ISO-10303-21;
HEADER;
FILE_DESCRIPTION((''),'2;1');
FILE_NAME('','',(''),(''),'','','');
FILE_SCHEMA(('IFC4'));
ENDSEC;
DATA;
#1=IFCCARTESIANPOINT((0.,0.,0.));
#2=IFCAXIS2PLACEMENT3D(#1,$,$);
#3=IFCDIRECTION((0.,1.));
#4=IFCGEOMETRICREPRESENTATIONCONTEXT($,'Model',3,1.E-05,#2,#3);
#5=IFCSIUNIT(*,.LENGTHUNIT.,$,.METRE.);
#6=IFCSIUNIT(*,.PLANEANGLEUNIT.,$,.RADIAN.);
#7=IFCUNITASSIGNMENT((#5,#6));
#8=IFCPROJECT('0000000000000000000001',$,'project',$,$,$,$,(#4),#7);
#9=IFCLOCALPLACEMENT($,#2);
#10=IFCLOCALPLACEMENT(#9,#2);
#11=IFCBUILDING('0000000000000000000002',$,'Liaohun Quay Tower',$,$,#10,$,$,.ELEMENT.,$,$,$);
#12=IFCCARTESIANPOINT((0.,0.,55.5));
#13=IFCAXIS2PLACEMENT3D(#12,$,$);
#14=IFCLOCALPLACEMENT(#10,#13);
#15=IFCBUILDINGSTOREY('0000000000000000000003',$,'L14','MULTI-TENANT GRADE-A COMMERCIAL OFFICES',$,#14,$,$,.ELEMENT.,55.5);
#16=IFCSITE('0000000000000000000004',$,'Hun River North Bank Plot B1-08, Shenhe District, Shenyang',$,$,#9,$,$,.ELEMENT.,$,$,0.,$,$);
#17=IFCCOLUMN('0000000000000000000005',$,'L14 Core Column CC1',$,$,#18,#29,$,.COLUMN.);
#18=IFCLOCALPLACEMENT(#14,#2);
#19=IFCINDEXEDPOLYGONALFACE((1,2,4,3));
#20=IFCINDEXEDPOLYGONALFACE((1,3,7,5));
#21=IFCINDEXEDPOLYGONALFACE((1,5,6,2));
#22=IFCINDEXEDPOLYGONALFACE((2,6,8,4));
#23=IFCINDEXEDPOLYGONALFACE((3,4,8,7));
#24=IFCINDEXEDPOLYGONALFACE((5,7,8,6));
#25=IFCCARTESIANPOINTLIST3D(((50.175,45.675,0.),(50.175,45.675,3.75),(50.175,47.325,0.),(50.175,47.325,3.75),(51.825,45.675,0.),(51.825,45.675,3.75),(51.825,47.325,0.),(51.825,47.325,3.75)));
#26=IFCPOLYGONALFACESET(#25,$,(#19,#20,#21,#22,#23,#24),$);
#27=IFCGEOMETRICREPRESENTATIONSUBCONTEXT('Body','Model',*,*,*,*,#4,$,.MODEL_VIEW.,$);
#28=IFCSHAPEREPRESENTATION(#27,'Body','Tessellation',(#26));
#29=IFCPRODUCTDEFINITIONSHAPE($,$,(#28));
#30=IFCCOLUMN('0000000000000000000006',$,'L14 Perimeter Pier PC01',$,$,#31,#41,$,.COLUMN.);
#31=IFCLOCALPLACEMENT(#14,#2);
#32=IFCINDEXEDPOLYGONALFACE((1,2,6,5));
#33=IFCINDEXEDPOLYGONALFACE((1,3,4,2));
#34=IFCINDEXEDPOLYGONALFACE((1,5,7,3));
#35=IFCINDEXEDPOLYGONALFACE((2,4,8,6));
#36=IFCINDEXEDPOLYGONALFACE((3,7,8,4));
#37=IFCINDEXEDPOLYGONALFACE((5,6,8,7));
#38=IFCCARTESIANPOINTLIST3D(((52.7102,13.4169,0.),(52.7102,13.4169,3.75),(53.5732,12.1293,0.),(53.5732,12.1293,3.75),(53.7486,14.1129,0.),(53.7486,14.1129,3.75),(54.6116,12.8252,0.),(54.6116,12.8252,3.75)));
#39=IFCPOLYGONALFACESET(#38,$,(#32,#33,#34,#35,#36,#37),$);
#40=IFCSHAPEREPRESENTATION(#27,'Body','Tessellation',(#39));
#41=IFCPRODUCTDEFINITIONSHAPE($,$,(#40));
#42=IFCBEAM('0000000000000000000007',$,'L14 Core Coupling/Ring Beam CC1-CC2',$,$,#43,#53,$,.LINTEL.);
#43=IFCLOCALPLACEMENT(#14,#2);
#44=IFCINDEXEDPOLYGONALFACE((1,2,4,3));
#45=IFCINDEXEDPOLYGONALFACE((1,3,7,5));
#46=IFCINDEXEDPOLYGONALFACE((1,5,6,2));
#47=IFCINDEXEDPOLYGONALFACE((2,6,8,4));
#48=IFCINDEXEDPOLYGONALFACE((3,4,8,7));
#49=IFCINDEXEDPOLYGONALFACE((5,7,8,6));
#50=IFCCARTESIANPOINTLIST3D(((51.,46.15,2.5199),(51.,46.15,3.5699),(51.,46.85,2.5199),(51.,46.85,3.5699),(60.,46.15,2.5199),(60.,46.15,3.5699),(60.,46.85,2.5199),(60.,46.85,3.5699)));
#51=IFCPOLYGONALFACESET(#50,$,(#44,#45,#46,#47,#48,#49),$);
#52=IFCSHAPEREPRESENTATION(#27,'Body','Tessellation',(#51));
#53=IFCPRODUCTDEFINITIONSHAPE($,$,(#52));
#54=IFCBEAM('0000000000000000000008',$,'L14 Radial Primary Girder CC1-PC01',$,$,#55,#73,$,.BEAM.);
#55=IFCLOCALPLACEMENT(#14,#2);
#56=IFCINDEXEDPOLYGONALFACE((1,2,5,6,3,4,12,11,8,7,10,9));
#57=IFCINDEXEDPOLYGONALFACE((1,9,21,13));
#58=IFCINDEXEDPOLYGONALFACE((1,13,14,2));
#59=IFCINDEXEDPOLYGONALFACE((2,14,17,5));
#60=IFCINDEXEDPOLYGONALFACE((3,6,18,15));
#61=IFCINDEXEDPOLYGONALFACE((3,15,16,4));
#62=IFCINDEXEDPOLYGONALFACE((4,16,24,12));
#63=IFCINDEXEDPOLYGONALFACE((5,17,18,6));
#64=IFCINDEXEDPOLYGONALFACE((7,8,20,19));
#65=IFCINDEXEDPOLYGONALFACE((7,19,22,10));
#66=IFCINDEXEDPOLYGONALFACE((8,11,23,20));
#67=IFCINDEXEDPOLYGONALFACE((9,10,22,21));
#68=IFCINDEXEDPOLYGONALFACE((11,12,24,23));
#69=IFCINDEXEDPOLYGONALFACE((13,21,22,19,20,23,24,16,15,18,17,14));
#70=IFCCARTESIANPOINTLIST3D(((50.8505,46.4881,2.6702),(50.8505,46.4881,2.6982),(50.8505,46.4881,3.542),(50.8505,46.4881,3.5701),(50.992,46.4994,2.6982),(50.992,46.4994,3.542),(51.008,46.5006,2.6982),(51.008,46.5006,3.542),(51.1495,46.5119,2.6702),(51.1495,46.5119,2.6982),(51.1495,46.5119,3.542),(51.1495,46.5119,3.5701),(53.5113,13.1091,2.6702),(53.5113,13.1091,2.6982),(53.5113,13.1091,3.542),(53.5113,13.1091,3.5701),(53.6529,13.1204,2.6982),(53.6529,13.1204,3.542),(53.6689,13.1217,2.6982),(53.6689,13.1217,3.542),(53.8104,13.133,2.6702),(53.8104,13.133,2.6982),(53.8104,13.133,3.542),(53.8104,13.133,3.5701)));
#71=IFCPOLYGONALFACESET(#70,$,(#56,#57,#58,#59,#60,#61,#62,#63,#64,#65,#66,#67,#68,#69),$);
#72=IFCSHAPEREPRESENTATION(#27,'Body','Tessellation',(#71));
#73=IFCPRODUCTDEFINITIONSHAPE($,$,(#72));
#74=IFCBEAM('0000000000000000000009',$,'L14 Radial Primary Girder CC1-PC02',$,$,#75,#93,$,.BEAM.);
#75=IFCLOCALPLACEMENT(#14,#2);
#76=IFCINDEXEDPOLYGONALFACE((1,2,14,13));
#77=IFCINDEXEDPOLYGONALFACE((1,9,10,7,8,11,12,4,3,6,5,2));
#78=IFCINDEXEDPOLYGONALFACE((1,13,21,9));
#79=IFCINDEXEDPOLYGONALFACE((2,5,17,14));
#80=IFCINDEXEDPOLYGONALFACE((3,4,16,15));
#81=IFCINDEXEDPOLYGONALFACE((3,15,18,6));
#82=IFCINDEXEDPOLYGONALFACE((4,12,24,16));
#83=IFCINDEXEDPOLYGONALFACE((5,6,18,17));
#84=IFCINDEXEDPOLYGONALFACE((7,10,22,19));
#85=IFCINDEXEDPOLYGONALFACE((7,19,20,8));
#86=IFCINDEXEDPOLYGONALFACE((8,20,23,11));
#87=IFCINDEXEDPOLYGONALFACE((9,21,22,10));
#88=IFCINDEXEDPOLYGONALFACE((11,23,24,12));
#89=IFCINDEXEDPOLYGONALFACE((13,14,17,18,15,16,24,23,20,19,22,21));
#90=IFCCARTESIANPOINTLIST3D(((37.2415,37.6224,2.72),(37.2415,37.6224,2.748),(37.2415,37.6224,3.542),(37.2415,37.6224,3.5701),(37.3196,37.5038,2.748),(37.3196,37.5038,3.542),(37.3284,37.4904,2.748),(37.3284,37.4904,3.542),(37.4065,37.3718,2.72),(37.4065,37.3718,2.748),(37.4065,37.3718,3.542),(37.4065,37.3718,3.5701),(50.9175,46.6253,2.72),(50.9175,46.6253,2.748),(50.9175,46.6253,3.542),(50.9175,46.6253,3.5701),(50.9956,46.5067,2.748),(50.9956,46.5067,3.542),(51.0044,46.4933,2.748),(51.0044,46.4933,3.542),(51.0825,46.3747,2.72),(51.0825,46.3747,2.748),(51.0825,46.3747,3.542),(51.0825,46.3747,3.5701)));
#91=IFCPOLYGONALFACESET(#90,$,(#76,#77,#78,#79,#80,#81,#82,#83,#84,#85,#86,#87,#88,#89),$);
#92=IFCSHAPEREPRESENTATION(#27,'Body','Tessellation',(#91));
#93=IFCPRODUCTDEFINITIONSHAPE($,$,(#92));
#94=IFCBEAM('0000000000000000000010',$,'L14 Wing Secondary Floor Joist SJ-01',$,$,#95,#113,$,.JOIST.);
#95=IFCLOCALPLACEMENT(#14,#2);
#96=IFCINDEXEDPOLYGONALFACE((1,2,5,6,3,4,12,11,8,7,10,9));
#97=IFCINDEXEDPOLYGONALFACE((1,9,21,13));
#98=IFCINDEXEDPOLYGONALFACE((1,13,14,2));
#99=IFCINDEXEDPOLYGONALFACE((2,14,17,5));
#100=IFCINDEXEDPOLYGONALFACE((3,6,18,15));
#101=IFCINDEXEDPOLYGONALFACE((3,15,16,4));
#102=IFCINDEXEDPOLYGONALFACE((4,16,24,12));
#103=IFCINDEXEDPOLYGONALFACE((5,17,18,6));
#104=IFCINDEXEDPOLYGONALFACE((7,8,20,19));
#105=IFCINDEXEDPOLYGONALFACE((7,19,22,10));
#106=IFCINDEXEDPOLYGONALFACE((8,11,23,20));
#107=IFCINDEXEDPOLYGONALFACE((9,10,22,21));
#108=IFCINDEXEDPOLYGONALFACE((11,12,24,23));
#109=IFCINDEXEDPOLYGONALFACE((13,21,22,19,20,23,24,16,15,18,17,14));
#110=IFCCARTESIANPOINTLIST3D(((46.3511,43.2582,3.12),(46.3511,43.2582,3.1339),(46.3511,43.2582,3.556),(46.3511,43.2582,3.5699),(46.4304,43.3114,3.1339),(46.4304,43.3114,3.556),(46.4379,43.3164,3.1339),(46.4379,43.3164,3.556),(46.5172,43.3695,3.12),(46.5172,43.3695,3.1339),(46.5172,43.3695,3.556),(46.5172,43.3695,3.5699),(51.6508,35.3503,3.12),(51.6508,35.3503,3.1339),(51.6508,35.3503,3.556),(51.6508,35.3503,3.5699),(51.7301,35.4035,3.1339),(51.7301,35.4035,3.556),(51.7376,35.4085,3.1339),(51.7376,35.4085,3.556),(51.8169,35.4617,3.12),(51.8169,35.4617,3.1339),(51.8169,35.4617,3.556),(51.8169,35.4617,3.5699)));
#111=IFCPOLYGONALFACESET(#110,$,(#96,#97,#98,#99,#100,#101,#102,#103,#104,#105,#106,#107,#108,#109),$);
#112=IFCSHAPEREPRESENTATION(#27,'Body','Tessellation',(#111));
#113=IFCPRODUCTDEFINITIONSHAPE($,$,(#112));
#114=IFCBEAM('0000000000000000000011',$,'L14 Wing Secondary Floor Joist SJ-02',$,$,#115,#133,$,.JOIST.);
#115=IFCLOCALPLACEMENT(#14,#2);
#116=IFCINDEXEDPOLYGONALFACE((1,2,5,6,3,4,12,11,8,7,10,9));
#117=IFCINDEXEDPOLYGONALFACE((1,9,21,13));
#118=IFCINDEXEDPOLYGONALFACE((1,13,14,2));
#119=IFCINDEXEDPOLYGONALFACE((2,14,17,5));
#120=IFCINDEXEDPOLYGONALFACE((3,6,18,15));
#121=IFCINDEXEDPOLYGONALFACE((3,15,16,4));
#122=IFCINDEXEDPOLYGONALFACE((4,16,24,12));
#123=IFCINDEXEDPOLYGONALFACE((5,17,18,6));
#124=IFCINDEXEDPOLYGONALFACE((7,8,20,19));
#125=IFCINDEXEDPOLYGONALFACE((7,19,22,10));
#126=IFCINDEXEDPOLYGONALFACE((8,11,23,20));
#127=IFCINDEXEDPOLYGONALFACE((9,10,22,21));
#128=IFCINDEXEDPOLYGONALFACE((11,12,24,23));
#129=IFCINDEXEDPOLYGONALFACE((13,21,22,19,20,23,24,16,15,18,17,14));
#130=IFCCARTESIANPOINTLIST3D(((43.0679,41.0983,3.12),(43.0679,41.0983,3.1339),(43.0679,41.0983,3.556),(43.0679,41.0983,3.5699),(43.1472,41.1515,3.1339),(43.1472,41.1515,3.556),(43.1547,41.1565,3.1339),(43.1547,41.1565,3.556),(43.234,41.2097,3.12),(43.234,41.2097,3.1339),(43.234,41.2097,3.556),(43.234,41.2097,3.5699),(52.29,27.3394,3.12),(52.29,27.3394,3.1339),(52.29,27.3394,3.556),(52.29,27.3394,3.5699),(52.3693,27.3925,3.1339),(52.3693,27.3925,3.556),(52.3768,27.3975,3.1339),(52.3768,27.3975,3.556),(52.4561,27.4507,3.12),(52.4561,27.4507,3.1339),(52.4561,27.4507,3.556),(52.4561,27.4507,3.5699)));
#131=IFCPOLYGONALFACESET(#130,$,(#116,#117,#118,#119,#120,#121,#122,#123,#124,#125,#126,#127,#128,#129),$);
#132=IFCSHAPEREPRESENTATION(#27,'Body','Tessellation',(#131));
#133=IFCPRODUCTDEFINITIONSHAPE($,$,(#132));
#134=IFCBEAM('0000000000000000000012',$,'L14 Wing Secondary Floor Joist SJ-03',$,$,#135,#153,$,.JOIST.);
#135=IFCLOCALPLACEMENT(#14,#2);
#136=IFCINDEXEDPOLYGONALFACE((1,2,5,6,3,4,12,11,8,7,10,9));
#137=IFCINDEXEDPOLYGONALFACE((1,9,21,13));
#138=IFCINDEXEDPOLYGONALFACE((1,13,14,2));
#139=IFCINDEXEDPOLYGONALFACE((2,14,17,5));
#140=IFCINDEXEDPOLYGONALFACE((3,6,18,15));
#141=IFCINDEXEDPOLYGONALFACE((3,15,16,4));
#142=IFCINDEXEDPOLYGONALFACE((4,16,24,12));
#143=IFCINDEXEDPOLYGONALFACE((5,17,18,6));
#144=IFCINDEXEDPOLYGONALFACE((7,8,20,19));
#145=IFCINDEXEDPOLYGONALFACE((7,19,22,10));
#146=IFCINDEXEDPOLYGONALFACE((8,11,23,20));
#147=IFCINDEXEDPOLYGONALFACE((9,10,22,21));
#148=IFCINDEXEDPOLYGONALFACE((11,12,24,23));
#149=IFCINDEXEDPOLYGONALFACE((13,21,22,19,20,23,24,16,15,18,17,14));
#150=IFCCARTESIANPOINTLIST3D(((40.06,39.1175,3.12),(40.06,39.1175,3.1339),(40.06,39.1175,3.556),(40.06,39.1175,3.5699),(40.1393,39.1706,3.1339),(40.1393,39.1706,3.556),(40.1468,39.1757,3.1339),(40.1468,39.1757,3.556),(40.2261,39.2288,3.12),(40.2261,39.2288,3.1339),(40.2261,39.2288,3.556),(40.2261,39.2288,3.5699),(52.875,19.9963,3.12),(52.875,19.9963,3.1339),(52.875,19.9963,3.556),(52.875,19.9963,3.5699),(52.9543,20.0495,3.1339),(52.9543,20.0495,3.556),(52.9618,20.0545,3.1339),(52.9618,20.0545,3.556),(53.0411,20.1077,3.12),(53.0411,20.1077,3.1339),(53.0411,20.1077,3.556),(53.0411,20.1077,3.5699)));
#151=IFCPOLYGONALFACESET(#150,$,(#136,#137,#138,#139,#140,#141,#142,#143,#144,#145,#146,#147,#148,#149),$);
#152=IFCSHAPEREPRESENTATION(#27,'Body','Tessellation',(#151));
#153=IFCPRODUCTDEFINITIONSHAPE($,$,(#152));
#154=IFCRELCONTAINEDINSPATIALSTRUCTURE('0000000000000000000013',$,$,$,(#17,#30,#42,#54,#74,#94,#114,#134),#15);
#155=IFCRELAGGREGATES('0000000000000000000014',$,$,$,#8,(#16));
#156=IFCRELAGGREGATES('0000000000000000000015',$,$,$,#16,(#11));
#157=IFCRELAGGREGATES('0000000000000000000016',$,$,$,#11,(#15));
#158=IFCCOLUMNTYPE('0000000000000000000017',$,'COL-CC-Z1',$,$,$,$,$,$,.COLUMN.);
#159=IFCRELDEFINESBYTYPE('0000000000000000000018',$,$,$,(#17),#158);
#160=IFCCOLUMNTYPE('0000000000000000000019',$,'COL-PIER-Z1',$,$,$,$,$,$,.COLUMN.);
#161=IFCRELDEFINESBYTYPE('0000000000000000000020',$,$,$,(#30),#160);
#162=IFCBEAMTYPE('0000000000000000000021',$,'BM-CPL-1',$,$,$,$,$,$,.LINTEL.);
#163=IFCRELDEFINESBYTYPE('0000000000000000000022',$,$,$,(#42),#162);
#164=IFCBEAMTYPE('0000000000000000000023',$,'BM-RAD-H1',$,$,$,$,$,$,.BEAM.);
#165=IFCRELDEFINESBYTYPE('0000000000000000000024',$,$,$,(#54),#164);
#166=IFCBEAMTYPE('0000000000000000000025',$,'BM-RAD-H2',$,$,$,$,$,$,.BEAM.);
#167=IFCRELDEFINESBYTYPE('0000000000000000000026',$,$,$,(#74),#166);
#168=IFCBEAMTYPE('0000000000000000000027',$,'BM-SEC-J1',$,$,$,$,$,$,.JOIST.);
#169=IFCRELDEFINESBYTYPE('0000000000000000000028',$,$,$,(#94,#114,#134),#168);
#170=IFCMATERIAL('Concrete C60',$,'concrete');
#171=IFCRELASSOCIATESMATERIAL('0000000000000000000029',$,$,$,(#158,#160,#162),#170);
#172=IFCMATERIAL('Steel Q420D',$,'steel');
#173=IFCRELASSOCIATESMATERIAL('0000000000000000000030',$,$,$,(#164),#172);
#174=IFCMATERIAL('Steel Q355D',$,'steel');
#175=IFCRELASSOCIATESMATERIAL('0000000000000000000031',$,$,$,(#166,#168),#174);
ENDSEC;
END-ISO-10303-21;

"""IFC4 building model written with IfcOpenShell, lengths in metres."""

from ifc_helpers import new_model, si_unit, direction, frame, origin, origin_2d, place, context, subcontext, project, spatial, rectangle, i_section, extrude, source, transform, mapped, material, material_profile, profile_set, type_object, element, save


model = new_model("IFC4")

# Units and contexts
model_context = context("Model", 3, precision=1e-05, world=origin(), true_north=direction((0.0, 1.0)))
body_context = subcontext(model_context, "Body", "Model", "MODEL_VIEW")
ifc_project = project(units=[si_unit("LENGTHUNIT", "METRE"), si_unit("PLANEANGLEUNIT", "RADIAN")], contexts=[model_context])

# Site, building, storey
site_placement = place(None, origin())
site = spatial("IfcSite", under=ifc_project, at=site_placement, Name="Hun River North Bank Plot B1-08, Shenhe District, Shenyang", CompositionType="ELEMENT", RefElevation=0.0)
building_placement = place(site_placement, origin())
building = spatial("IfcBuilding", under=site, at=building_placement, Name="Liaohun Quay Tower", CompositionType="ELEMENT")
storey_placement = place(building_placement, frame((0.0, 0.0, 55.5)))
storey = spatial("IfcBuildingStorey", under=building, at=storey_placement, Name="L14", Description="MULTI-TENANT GRADE-A COMMERCIAL OFFICES", CompositionType="ELEMENT", Elevation=55.5)

# Columns
ifc_material_1 = material(Name="Concrete C60", Category="concrete")
ifc_material_profile_1 = material_profile(ifc_material_1, rectangle(XDim=1.6499, YDim=1.6499, at=origin_2d()), Name="RC1650x1650")
ifc_profile_set_1 = profile_set([ifc_material_profile_1], Name="Concrete C60")
column_type_1 = type_object("IfcColumnType", Name="COL-CC-Z1", PredefinedType="COLUMN", material=ifc_profile_set_1)
shared_shape_1 = source(origin(), body_context, "Body", "SweptSolid", [
    extrude(rectangle(XDim=1.6499, YDim=1.6499, at=origin_2d()), origin(), (0.0, 0.0, 1.0), 3.75),
])
column_1_placement = place(storey_placement, frame((51.0, 46.5, 0.0), z_axis=(0.0, 0.0, 1.0), x_axis=(1.0, 0.0, 0.0)))
element("IfcColumn", 1, at=column_1_placement, inside=storey, type_object=column_type_1, Name="L14 Core Column CC1", PredefinedType="COLUMN", context=body_context, shape_type="MappedRepresentation", body=[
    mapped(shared_shape_1, transform((0.0, 0.0, 0.0), x_axis=(1.0, 0.0, 0.0), y_axis=(0.0, 1.0, 0.0), z_axis=(0.0, 0.0, 1.0), scale=1.0)),
])
ifc_material_profile_2 = material_profile(ifc_material_1, rectangle(XDim=1.55, YDim=1.25, at=origin_2d()), Name="RC1550x1250")
ifc_profile_set_2 = profile_set([ifc_material_profile_2], Name="Concrete C60")
column_type_2 = type_object("IfcColumnType", Name="COL-PIER-Z1", PredefinedType="COLUMN", material=ifc_profile_set_2)
shared_shape_2 = source(origin(), body_context, "Body", "SweptSolid", [
    extrude(rectangle(XDim=1.55, YDim=1.25, at=origin_2d()), origin(), (0.0, 0.0, 1.0), 3.75),
])
column_2_placement = place(storey_placement, frame((53.6609, 13.1211, 0.0), z_axis=(0.0, 0.0, 1.0), x_axis=(-0.556731, 0.830693, 0.0)))
element("IfcColumn", 2, at=column_2_placement, inside=storey, type_object=column_type_2, Name="L14 Perimeter Pier PC01", PredefinedType="COLUMN", context=body_context, shape_type="MappedRepresentation", body=[
    mapped(shared_shape_2, transform((0.0, 0.0, 0.0), x_axis=(1.0, 0.0, 0.0), y_axis=(0.0, 1.0, 0.0), z_axis=(0.0, 0.0, 1.0), scale=1.0)),
])

# Beams
ifc_material_profile_3 = material_profile(ifc_material_1, rectangle(XDim=0.7, YDim=1.05, at=origin_2d()), Name="RC700x1050")
ifc_profile_set_3 = profile_set([ifc_material_profile_3], Name="Concrete C60")
beam_type_1 = type_object("IfcBeamType", Name="BM-CPL-1", PredefinedType="LINTEL", material=ifc_profile_set_3)
shared_shape_3 = source(origin(), body_context, "Body", "SweptSolid", [
    extrude(rectangle(XDim=0.7, YDim=1.05, at=origin_2d()), origin(), (0.0, 0.0, 1.0), 9.0),
])
beam_1_placement = place(storey_placement, frame((51.0, 46.5, 3.0449), z_axis=(1.0, 0.0, 0.0), x_axis=(0.0, 1.0, 0.0)))
element("IfcBeam", 3, at=beam_1_placement, inside=storey, type_object=beam_type_1, Name="L14 Core Coupling/Ring Beam CC1-CC2", PredefinedType="LINTEL", context=body_context, shape_type="MappedRepresentation", body=[
    mapped(shared_shape_3, transform((0.0, 0.0, 0.0), x_axis=(1.0, 0.0, 0.0), y_axis=(0.0, 1.0, 0.0), z_axis=(0.0, 0.0, 1.0), scale=1.0)),
])
ifc_material_2 = material(Name="Steel Q420D", Category="steel")
ifc_material_profile_4 = material_profile(ifc_material_2, i_section(OverallWidth=0.3, OverallDepth=0.8999, WebThickness=0.0161, FlangeThickness=0.0281, at=origin_2d()), Name="HN900x300x16x28")
ifc_profile_set_4 = profile_set([ifc_material_profile_4], Name="Steel Q420D")
beam_type_2 = type_object("IfcBeamType", Name="BM-RAD-H1", PredefinedType="BEAM", material=ifc_profile_set_4)
shared_shape_4 = source(origin(), body_context, "Body", "SweptSolid", [
    extrude(i_section(OverallWidth=0.3, OverallDepth=0.8999, WebThickness=0.0161, FlangeThickness=0.0281, at=origin_2d()), origin(), (0.0, 0.0, 1.0), 33.4849),
])
beam_2_placement = place(storey_placement, frame((51.0, 46.5, 3.1201), z_axis=(0.079466, -0.996838, 0.0), x_axis=(0.996838, 0.079466, 0.0)))
element("IfcBeam", 4, at=beam_2_placement, inside=storey, type_object=beam_type_2, Name="L14 Radial Primary Girder CC1-PC01", PredefinedType="BEAM", context=body_context, shape_type="MappedRepresentation", body=[
    mapped(shared_shape_4, transform((0.0, 0.0, 0.0), x_axis=(1.0, 0.0, 0.0), y_axis=(0.0, 1.0, 0.0), z_axis=(0.0, 0.0, 1.0), scale=1.0)),
])
ifc_material_3 = material(Name="Steel Q355D", Category="steel")
ifc_material_profile_5 = material_profile(ifc_material_3, i_section(OverallWidth=0.3, OverallDepth=0.8501, WebThickness=0.0161, FlangeThickness=0.0281, at=origin_2d()), Name="HN850x300x16x28")
ifc_profile_set_5 = profile_set([ifc_material_profile_5], Name="Steel Q355D")
beam_type_3 = type_object("IfcBeamType", Name="BM-RAD-H2", PredefinedType="BEAM", material=ifc_profile_set_5)
shared_shape_5 = source(origin(), body_context, "Body", "SweptSolid", [
    extrude(i_section(OverallWidth=0.3, OverallDepth=0.8501, WebThickness=0.0161, FlangeThickness=0.0281, at=origin_2d()), origin(), (0.0, 0.0, 1.0), 16.3733),
])
beam_3_placement = place(storey_placement, frame((51.0, 46.5, 3.145), z_axis=(-0.835262, -0.549853, 0.0), x_axis=(0.549853, -0.835262, 0.0)))
element("IfcBeam", 5, at=beam_3_placement, inside=storey, type_object=beam_type_3, Name="L14 Radial Primary Girder CC1-PC02", PredefinedType="BEAM", context=body_context, shape_type="MappedRepresentation", body=[
    mapped(shared_shape_5, transform((0.0, 0.0, 0.0), x_axis=(1.0, 0.0, 0.0), y_axis=(0.0, 1.0, 0.0), z_axis=(0.0, 0.0, 1.0), scale=1.0)),
])
ifc_material_profile_6 = material_profile(ifc_material_3, i_section(OverallWidth=0.2, OverallDepth=0.45, WebThickness=0.009, FlangeThickness=0.0139, at=origin_2d()), Name="HN450x200x9x14")
ifc_profile_set_6 = profile_set([ifc_material_profile_6], Name="Steel Q355D")
beam_type_4 = type_object("IfcBeamType", Name="BM-SEC-J1", PredefinedType="JOIST", material=ifc_profile_set_6)
shared_shape_6 = source(origin(), body_context, "Body", "SweptSolid", [
    extrude(i_section(OverallWidth=0.2, OverallDepth=0.45, WebThickness=0.009, FlangeThickness=0.0139, at=origin_2d()), origin(), (0.0, 0.0, 1.0), 9.5195),
])
beam_4_placement = place(storey_placement, frame((51.7339, 35.406, 3.345), z_axis=(-0.556723, 0.830698, 0.0), x_axis=(-0.830698, -0.556723, 0.0)))
element("IfcBeam", 6, at=beam_4_placement, inside=storey, type_object=beam_type_4, Name="L14 Wing Secondary Floor Joist SJ-01", PredefinedType="JOIST", context=body_context, shape_type="MappedRepresentation", body=[
    mapped(shared_shape_6, transform((0.0, 0.0, 0.0), x_axis=(1.0, 0.0, 0.0), y_axis=(0.0, 1.0, 0.0), z_axis=(0.0, 0.0, 1.0), scale=1.0)),
])
shared_shape_7 = source(origin(), body_context, "Body", "SweptSolid", [
    extrude(i_section(OverallWidth=0.2, OverallDepth=0.45, WebThickness=0.009, FlangeThickness=0.0139, at=origin_2d()), origin(), (0.0, 0.0, 1.0), 16.5637),
])
beam_5_placement = place(storey_placement, frame((52.373, 27.395, 3.345), z_axis=(-0.556767, 0.830669, 0.0), x_axis=(-0.830669, -0.556767, 0.0)))
element("IfcBeam", 7, at=beam_5_placement, inside=storey, type_object=beam_type_4, Name="L14 Wing Secondary Floor Joist SJ-02", PredefinedType="JOIST", context=body_context, shape_type="MappedRepresentation", body=[
    mapped(shared_shape_7, transform((0.0, 0.0, 0.0), x_axis=(1.0, 0.0, 0.0), y_axis=(0.0, 1.0, 0.0), z_axis=(0.0, 0.0, 1.0), scale=1.0)),
])
shared_shape_8 = source(origin(), body_context, "Body", "SweptSolid", [
    extrude(i_section(OverallWidth=0.2, OverallDepth=0.45, WebThickness=0.009, FlangeThickness=0.0139, at=origin_2d()), origin(), (0.0, 0.0, 1.0), 23.0183),
])
beam_6_placement = place(storey_placement, frame((52.958, 20.052, 3.345), z_axis=(-0.55673, 0.830693, 0.0), x_axis=(-0.830693, -0.55673, 0.0)))
element("IfcBeam", 8, at=beam_6_placement, inside=storey, type_object=beam_type_4, Name="L14 Wing Secondary Floor Joist SJ-03", PredefinedType="JOIST", context=body_context, shape_type="MappedRepresentation", body=[
    mapped(shared_shape_8, transform((0.0, 0.0, 0.0), x_axis=(1.0, 0.0, 0.0), y_axis=(0.0, 1.0, 0.0), z_axis=(0.0, 0.0, 1.0), scale=1.0)),
])

save(model, "model.ifc")
